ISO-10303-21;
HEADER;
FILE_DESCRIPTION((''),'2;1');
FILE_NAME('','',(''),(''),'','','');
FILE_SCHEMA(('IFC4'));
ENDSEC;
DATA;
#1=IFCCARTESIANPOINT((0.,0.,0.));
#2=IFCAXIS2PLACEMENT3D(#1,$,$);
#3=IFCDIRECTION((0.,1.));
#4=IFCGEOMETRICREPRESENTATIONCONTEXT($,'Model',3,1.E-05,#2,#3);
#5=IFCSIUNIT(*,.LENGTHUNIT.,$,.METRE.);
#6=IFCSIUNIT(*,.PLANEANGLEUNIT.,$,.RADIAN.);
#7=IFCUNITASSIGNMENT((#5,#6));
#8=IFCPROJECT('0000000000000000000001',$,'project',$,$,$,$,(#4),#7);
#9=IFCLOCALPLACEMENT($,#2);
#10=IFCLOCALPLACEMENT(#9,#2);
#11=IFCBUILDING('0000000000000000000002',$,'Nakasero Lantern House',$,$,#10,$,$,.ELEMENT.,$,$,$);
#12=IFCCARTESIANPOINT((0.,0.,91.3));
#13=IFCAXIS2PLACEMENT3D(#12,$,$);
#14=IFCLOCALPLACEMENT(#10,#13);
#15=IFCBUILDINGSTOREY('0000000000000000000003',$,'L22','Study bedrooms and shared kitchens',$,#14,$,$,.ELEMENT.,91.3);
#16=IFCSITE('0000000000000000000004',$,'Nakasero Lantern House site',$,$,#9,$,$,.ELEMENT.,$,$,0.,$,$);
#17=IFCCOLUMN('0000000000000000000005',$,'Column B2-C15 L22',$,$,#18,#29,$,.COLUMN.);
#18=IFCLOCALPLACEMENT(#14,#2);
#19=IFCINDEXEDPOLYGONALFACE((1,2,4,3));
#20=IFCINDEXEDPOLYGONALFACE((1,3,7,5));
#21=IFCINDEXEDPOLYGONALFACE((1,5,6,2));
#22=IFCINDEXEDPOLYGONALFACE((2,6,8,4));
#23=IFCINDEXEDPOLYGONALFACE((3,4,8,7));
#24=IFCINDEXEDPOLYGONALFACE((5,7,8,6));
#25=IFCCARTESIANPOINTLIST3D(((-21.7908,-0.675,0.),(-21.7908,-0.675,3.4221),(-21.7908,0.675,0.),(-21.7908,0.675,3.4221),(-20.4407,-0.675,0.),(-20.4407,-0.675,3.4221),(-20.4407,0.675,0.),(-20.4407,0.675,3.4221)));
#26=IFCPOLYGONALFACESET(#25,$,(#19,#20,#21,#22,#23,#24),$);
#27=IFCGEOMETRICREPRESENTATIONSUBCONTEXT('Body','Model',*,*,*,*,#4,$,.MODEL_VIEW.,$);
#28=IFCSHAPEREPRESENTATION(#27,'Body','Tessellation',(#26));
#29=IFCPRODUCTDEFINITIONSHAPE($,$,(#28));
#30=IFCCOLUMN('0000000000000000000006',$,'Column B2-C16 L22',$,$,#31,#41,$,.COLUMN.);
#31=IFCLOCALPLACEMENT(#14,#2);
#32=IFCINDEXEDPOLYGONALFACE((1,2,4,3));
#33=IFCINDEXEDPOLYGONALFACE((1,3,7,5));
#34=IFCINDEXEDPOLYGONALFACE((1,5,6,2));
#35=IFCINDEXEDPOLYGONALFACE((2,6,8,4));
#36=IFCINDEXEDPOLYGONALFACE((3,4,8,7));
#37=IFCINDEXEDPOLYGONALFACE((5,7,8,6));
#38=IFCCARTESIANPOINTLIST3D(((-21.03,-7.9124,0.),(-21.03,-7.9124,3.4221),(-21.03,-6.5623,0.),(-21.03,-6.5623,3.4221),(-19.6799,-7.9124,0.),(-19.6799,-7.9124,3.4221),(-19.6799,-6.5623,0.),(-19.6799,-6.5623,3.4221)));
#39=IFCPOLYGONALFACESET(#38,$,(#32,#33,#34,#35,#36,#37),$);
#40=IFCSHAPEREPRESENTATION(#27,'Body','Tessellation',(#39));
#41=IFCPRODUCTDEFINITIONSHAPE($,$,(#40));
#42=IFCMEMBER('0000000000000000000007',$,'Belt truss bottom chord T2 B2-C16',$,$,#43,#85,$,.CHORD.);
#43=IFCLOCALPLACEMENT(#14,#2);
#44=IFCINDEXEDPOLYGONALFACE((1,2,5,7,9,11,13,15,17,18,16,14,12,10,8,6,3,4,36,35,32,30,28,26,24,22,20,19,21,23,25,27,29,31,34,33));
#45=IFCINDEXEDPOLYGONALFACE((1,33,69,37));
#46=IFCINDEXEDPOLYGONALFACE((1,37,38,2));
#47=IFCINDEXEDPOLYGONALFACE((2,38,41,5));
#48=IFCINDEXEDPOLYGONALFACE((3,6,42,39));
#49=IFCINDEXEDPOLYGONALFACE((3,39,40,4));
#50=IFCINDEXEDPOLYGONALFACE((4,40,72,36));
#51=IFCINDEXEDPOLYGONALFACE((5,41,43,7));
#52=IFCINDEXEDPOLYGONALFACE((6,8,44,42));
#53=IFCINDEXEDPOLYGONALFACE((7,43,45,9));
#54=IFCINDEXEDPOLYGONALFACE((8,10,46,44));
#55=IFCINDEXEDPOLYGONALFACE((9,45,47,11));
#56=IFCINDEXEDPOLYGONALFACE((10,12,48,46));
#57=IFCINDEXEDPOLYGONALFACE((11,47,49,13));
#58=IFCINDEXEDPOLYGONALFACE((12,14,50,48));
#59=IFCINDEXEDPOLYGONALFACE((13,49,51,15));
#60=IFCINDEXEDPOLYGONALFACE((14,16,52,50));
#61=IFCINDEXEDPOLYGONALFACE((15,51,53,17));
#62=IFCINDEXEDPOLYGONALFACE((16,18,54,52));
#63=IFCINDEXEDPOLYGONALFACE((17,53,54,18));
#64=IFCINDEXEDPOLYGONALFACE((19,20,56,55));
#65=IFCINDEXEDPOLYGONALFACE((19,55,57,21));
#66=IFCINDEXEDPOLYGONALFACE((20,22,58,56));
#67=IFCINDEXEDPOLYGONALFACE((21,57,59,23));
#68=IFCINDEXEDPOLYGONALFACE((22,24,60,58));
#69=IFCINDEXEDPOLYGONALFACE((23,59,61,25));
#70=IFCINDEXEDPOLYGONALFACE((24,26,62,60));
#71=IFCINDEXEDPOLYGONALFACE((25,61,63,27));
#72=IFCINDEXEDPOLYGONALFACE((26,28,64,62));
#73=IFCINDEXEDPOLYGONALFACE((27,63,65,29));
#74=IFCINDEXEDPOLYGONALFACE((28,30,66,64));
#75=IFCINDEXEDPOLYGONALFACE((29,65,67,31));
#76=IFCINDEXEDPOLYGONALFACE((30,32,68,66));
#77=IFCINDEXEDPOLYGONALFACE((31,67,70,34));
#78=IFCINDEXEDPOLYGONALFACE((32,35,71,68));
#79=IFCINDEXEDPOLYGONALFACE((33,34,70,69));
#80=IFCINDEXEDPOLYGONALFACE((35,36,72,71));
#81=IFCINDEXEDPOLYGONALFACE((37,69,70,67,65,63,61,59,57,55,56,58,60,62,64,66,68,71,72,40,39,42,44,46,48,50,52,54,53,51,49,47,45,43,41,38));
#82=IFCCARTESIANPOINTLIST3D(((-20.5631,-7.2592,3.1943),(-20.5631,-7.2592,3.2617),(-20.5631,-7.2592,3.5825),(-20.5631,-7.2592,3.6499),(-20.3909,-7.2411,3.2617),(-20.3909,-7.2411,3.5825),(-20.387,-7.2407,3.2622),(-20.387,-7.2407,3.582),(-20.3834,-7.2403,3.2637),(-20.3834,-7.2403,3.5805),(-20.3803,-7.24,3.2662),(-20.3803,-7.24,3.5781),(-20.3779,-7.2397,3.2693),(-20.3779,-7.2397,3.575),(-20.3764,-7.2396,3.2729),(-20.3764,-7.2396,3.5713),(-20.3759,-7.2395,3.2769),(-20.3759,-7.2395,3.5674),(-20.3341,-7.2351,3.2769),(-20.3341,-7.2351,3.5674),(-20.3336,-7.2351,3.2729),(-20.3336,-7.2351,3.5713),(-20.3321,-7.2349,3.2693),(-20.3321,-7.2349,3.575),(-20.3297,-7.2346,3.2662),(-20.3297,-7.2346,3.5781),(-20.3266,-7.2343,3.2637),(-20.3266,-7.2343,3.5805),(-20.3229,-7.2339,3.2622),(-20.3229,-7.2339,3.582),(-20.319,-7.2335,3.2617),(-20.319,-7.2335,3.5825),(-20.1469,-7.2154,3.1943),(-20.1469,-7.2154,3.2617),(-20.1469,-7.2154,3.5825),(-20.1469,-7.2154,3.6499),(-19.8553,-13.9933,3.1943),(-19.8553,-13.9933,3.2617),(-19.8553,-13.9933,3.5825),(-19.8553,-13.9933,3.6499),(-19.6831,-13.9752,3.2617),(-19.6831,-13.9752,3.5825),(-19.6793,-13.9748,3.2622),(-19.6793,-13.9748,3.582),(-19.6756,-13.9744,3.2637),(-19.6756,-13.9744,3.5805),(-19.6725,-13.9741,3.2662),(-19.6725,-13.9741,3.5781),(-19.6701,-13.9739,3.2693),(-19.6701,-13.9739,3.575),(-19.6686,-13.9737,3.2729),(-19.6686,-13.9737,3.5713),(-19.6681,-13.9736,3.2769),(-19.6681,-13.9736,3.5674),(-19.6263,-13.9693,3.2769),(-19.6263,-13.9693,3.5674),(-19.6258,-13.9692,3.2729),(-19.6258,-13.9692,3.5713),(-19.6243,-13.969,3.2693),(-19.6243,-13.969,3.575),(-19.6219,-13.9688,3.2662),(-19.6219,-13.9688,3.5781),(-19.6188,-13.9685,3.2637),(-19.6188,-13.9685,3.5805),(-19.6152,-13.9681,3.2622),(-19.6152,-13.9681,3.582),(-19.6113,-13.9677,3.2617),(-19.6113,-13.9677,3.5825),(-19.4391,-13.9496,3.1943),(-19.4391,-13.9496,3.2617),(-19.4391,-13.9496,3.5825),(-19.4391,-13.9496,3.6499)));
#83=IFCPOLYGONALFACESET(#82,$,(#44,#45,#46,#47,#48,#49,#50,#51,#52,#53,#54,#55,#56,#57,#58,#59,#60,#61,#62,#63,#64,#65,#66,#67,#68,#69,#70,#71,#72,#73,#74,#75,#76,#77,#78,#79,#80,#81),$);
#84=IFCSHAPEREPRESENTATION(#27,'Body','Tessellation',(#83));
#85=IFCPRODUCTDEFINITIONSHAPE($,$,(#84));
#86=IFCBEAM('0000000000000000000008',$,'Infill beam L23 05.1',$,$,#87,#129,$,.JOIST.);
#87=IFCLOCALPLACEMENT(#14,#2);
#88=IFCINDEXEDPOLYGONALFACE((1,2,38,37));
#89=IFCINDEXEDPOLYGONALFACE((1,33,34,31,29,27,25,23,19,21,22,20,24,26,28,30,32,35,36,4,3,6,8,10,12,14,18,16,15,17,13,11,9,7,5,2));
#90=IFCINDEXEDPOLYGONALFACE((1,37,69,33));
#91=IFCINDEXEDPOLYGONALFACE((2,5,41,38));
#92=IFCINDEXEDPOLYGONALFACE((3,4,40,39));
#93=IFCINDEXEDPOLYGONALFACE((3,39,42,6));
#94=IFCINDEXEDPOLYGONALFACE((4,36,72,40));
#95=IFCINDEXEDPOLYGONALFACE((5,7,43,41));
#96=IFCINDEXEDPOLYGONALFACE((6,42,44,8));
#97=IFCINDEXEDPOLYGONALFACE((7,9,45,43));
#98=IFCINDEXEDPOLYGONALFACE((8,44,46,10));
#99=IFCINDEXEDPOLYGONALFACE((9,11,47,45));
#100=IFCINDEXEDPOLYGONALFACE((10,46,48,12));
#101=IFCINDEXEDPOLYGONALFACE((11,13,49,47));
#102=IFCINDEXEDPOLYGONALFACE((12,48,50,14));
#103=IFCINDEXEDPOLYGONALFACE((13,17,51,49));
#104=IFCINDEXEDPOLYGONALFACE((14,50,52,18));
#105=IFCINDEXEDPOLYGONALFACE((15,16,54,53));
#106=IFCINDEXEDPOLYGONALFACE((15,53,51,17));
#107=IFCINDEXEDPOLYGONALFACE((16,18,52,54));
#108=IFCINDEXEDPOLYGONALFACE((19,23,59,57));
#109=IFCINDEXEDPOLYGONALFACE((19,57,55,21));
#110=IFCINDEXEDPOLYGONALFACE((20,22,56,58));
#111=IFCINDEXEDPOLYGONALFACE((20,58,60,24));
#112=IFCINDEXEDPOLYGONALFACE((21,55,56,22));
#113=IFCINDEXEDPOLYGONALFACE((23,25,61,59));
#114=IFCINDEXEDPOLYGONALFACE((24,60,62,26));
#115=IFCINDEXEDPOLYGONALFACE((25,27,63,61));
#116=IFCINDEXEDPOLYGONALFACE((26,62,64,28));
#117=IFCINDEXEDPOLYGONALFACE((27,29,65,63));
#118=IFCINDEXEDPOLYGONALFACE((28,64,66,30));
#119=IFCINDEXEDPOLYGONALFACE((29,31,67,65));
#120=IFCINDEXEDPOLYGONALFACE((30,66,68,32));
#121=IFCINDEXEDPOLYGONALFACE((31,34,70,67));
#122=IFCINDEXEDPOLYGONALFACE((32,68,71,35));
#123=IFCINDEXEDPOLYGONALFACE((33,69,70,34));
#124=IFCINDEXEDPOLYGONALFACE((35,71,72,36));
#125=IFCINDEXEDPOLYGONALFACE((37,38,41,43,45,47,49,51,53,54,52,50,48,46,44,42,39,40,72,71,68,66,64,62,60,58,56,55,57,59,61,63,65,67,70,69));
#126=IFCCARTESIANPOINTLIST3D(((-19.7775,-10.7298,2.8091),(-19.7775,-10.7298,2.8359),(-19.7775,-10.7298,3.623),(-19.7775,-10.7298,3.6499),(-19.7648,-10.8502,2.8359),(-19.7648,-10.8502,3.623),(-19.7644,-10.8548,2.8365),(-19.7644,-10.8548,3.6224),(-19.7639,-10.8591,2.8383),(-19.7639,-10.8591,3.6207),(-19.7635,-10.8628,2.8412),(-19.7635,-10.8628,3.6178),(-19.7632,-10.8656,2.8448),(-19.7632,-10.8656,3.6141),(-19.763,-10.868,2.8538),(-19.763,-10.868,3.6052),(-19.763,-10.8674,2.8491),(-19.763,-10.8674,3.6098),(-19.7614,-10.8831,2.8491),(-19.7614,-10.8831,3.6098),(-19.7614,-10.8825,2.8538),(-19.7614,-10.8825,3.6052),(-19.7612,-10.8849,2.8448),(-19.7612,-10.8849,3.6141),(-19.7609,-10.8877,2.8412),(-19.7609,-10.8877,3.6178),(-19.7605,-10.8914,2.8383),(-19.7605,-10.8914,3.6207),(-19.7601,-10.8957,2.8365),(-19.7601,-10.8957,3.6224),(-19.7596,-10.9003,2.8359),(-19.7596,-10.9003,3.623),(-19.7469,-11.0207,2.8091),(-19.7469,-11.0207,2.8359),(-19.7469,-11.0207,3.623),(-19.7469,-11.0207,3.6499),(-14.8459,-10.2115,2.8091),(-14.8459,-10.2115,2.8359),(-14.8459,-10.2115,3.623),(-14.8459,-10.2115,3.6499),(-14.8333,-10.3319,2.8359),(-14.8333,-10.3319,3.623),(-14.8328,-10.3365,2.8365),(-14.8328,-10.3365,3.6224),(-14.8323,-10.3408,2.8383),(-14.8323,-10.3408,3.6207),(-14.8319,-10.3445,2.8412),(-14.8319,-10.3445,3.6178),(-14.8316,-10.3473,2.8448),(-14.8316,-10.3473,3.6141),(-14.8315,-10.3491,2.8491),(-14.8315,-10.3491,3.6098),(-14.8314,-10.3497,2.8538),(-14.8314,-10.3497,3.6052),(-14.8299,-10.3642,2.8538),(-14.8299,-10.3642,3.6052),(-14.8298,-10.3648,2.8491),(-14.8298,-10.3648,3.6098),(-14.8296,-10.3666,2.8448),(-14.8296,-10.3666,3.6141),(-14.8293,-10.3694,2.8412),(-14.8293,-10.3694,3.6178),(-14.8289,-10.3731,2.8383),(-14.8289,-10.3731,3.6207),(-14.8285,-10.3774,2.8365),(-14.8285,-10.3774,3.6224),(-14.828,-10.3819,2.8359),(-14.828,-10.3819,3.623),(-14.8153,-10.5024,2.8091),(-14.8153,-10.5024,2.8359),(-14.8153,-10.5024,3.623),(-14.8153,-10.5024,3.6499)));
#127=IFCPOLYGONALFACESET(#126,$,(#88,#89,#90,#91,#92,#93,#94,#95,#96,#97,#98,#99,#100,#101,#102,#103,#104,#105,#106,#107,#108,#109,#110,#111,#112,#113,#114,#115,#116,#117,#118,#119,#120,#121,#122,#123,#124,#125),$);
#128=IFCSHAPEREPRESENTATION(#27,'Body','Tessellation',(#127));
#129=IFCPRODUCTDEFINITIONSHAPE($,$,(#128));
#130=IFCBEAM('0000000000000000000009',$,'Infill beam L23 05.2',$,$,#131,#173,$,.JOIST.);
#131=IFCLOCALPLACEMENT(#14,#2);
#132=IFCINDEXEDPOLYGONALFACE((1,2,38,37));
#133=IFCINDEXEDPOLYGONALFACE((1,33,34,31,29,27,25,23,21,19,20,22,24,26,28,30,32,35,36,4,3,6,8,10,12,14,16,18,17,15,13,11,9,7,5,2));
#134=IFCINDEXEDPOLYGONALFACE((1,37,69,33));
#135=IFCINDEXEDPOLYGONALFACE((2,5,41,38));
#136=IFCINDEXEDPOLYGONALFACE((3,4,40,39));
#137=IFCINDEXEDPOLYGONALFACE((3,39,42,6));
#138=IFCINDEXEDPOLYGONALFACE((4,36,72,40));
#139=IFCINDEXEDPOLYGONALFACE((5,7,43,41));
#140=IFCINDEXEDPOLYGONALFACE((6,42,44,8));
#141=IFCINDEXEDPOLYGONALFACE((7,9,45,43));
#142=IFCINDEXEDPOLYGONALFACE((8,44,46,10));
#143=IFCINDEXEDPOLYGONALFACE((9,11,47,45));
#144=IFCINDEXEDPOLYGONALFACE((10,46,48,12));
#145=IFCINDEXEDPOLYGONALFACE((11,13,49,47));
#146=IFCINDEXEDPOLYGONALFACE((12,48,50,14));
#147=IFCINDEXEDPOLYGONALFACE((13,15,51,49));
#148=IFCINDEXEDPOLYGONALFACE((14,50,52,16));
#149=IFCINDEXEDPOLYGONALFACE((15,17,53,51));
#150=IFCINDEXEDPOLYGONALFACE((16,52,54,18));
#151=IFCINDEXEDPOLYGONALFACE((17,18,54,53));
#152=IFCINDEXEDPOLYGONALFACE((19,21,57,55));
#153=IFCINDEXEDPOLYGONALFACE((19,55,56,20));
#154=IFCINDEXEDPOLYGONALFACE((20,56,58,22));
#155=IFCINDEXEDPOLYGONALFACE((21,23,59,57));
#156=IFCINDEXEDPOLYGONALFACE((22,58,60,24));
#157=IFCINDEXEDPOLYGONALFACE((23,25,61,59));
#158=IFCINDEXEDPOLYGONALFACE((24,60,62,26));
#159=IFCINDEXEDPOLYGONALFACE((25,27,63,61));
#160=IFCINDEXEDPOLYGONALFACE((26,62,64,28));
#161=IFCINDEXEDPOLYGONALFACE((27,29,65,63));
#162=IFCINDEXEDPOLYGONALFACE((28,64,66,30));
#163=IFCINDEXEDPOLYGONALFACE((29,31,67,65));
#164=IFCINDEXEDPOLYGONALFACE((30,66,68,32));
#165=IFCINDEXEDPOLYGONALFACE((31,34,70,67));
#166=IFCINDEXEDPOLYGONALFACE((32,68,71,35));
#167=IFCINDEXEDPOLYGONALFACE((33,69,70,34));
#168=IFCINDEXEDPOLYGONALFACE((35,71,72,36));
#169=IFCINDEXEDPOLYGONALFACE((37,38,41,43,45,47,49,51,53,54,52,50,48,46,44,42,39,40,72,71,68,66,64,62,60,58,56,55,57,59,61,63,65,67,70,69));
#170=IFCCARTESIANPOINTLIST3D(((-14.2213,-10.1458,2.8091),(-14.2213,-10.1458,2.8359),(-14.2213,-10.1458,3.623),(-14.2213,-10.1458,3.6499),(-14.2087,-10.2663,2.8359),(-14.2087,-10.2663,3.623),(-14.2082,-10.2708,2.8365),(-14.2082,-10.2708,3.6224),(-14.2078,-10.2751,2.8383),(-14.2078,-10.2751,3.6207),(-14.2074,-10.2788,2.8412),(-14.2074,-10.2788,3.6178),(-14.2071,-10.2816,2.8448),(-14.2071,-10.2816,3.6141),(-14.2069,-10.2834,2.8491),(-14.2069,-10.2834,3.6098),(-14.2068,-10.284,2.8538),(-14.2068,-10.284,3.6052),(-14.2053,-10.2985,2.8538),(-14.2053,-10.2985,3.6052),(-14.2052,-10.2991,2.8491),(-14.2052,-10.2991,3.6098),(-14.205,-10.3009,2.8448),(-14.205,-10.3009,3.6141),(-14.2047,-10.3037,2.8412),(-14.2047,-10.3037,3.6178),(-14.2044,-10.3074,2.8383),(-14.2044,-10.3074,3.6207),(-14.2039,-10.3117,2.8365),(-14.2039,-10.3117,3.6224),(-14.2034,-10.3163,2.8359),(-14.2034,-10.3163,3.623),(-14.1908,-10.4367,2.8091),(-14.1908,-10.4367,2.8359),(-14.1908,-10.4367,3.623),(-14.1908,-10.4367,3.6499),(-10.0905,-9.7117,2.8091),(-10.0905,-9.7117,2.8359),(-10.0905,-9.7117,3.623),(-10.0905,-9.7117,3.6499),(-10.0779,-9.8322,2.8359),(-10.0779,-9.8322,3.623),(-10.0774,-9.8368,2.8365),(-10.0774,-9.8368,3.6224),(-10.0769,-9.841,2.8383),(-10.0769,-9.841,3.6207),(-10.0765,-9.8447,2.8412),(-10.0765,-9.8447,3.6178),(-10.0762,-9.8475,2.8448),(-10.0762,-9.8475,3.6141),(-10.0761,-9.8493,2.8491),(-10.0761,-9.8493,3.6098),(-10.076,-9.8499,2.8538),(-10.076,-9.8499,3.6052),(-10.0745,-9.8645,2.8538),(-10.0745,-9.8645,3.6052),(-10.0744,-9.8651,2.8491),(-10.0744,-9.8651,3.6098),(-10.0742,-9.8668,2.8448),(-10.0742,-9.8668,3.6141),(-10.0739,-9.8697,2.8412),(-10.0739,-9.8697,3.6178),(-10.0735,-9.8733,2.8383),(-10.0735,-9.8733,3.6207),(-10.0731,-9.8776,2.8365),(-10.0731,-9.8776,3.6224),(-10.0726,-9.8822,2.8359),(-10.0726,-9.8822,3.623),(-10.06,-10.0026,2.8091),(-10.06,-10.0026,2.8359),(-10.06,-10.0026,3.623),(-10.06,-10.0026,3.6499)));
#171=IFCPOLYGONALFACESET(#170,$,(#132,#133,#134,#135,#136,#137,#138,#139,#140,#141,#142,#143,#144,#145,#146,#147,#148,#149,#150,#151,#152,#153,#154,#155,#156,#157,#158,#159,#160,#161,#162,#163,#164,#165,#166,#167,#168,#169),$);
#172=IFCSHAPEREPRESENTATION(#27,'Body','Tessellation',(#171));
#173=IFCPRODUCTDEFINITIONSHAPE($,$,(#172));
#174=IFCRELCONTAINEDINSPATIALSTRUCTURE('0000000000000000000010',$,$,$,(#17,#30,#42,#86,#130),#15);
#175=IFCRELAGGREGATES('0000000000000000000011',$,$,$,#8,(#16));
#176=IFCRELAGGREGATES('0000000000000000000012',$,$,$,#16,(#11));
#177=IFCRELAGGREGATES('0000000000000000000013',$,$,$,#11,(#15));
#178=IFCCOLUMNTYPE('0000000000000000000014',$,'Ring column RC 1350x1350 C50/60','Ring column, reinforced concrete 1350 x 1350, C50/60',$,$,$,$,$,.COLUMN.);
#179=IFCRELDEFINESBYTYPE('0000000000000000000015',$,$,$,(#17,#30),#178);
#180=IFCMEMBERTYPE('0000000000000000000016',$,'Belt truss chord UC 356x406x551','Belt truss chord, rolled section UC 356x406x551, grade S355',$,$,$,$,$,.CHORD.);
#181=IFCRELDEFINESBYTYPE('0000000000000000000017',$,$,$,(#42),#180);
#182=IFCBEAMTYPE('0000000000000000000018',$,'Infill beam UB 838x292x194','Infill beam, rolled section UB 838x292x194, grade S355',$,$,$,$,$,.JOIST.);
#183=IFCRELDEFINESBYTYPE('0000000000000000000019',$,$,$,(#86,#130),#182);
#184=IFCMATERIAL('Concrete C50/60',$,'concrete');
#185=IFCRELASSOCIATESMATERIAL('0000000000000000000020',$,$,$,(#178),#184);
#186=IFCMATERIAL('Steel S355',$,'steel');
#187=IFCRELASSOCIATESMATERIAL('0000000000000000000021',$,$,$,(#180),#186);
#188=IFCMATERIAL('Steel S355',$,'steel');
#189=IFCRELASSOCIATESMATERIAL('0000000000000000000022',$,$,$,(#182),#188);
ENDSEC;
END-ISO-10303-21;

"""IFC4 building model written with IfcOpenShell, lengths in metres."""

from ifc_helpers import new_model, si_unit, direction, frame, origin, origin_2d, place, context, subcontext, project, spatial, rectangle, i_section, extrude, material, material_profile, profile_set, type_object, element, save


model = new_model("IFC4")

# Units and contexts
model_context = context("Model", 3, precision=1e-05, world=origin(), true_north=direction((0.0, 1.0)))
body_context = subcontext(model_context, "Body", "Model", "MODEL_VIEW")
ifc_project = project(units=[si_unit("LENGTHUNIT", "METRE"), si_unit("PLANEANGLEUNIT", "RADIAN")], contexts=[model_context])

# Site, building, storey
site_placement = place(None, origin())
site = spatial("IfcSite", under=ifc_project, at=site_placement, Name="Nakasero Lantern House site", CompositionType="ELEMENT", RefElevation=0.0)
building_placement = place(site_placement, origin())
building = spatial("IfcBuilding", under=site, at=building_placement, Name="Nakasero Lantern House", CompositionType="ELEMENT")
storey_placement = place(building_placement, frame((0.0, 0.0, 91.3)))
storey = spatial("IfcBuildingStorey", under=building, at=storey_placement, Name="L22", Description="Study bedrooms and shared kitchens", CompositionType="ELEMENT", Elevation=91.3)

# Columns
ifc_material_1 = material(Name="Concrete C50/60", Category="concrete")
ifc_material_profile_1 = material_profile(ifc_material_1, rectangle(XDim=1.3501, YDim=1.3501, at=origin_2d()), Name="RC 1350x1350")
ifc_profile_set_1 = profile_set([ifc_material_profile_1], Name="Concrete C50/60")
column_type = type_object("IfcColumnType", Name="Ring column RC 1350x1350 C50/60", Description="Ring column, reinforced concrete 1350 x 1350, C50/60", PredefinedType="COLUMN", material=ifc_profile_set_1)
for number, where, z_axis, x_axis, name in (
    (1, (-21.1157, 0.0, 0.0), (0.0, 0.0, 1.0), (1.0, 0.0, 0.0), "Column B2-C15 L22"),
    (2, (-20.355, -7.2373, 0.0), (0.0, 0.0, 1.0), (1.0, 0.0, 0.0), "Column B2-C16 L22"),
):
    element("IfcColumn", number, at=place(storey_placement, frame(where, z_axis=z_axis, x_axis=x_axis)), inside=storey, type_object=column_type, Name=name, PredefinedType="COLUMN", context=body_context, shape_type="SweptSolid", body=[
        extrude(rectangle(XDim=1.3501, YDim=1.3501, at=origin_2d()), origin(), (0.0, 0.0, 1.0), 3.4221),
    ])

# Member
ifc_material_2 = material(Name="Steel S355", Category="steel")
ifc_material_profile_2 = material_profile(ifc_material_2, i_section(OverallWidth=0.4185, OverallDepth=0.4556, WebThickness=0.042, FlangeThickness=0.0674, FilletRadius=0.0151, at=origin_2d()), Name="UC 356x406x551")
ifc_profile_set_2 = profile_set([ifc_material_profile_2], Name="Steel S355")
member_type = type_object("IfcMemberType", Name="Belt truss chord UC 356x406x551", Description="Belt truss chord, rolled section UC 356x406x551, grade S355", PredefinedType="CHORD", material=ifc_profile_set_2)
member_placement = place(storey_placement, frame((-20.355, -7.2373, 3.4221), z_axis=(0.104525, -0.994522, 0.0), x_axis=(0.994522, 0.104525, 0.0)))
element("IfcMember", 3, at=member_placement, inside=storey, type_object=member_type, Name="Belt truss bottom chord T2 B2-C16", PredefinedType="CHORD", context=body_context, shape_type="SweptSolid", body=[
    extrude(i_section(OverallWidth=0.4185, OverallDepth=0.4556, WebThickness=0.042, FlangeThickness=0.0674, FilletRadius=0.0151, at=origin_2d()), origin(), (0.0, 0.0, 1.0), 6.7712),
])

# Beams
ifc_material_3 = material(Name="Steel S355", Category="steel")
ifc_material_profile_3 = material_profile(ifc_material_3, i_section(OverallWidth=0.2925, OverallDepth=0.8408, WebThickness=0.0146, FlangeThickness=0.0269, FilletRadius=0.0178, at=origin_2d()), Name="UB 838x292x194")
ifc_profile_set_3 = profile_set([ifc_material_profile_3], Name="Steel S355")
beam_type_1 = type_object("IfcBeamType", Name="Infill beam UB 838x292x194", Description="Infill beam, rolled section UB 838x292x194, grade S355", PredefinedType="JOIST", material=ifc_profile_set_3)
beam_1_placement = place(storey_placement, frame((-19.7622, -10.8752, 3.2295), z_axis=(0.994522, 0.104523, 0.0), x_axis=(-0.104523, 0.994522, 0.0)))
element("IfcBeam", 4, at=beam_1_placement, inside=storey, type_object=beam_type_1, Name="Infill beam L23 05.1", PredefinedType="JOIST", context=body_context, shape_type="SweptSolid", body=[
    extrude(i_section(OverallWidth=0.2925, OverallDepth=0.8408, WebThickness=0.0146, FlangeThickness=0.0269, FilletRadius=0.0178, at=origin_2d()), origin(), (0.0, 0.0, 1.0), 4.9587),
])
beam_2_placement = place(storey_placement, frame((-14.2061, -10.2913, 3.2295), z_axis=(0.994524, 0.104507, 0.0), x_axis=(-0.104507, 0.994524, 0.0)))
element("IfcBeam", 5, at=beam_2_placement, inside=storey, type_object=beam_type_1, Name="Infill beam L23 05.2", PredefinedType="JOIST", context=body_context, shape_type="SweptSolid", body=[
    extrude(i_section(OverallWidth=0.2925, OverallDepth=0.8408, WebThickness=0.0146, FlangeThickness=0.0269, FilletRadius=0.0178, at=origin_2d()), origin(), (0.0, 0.0, 1.0), 4.1536),
])

save(model, "model.ifc")
